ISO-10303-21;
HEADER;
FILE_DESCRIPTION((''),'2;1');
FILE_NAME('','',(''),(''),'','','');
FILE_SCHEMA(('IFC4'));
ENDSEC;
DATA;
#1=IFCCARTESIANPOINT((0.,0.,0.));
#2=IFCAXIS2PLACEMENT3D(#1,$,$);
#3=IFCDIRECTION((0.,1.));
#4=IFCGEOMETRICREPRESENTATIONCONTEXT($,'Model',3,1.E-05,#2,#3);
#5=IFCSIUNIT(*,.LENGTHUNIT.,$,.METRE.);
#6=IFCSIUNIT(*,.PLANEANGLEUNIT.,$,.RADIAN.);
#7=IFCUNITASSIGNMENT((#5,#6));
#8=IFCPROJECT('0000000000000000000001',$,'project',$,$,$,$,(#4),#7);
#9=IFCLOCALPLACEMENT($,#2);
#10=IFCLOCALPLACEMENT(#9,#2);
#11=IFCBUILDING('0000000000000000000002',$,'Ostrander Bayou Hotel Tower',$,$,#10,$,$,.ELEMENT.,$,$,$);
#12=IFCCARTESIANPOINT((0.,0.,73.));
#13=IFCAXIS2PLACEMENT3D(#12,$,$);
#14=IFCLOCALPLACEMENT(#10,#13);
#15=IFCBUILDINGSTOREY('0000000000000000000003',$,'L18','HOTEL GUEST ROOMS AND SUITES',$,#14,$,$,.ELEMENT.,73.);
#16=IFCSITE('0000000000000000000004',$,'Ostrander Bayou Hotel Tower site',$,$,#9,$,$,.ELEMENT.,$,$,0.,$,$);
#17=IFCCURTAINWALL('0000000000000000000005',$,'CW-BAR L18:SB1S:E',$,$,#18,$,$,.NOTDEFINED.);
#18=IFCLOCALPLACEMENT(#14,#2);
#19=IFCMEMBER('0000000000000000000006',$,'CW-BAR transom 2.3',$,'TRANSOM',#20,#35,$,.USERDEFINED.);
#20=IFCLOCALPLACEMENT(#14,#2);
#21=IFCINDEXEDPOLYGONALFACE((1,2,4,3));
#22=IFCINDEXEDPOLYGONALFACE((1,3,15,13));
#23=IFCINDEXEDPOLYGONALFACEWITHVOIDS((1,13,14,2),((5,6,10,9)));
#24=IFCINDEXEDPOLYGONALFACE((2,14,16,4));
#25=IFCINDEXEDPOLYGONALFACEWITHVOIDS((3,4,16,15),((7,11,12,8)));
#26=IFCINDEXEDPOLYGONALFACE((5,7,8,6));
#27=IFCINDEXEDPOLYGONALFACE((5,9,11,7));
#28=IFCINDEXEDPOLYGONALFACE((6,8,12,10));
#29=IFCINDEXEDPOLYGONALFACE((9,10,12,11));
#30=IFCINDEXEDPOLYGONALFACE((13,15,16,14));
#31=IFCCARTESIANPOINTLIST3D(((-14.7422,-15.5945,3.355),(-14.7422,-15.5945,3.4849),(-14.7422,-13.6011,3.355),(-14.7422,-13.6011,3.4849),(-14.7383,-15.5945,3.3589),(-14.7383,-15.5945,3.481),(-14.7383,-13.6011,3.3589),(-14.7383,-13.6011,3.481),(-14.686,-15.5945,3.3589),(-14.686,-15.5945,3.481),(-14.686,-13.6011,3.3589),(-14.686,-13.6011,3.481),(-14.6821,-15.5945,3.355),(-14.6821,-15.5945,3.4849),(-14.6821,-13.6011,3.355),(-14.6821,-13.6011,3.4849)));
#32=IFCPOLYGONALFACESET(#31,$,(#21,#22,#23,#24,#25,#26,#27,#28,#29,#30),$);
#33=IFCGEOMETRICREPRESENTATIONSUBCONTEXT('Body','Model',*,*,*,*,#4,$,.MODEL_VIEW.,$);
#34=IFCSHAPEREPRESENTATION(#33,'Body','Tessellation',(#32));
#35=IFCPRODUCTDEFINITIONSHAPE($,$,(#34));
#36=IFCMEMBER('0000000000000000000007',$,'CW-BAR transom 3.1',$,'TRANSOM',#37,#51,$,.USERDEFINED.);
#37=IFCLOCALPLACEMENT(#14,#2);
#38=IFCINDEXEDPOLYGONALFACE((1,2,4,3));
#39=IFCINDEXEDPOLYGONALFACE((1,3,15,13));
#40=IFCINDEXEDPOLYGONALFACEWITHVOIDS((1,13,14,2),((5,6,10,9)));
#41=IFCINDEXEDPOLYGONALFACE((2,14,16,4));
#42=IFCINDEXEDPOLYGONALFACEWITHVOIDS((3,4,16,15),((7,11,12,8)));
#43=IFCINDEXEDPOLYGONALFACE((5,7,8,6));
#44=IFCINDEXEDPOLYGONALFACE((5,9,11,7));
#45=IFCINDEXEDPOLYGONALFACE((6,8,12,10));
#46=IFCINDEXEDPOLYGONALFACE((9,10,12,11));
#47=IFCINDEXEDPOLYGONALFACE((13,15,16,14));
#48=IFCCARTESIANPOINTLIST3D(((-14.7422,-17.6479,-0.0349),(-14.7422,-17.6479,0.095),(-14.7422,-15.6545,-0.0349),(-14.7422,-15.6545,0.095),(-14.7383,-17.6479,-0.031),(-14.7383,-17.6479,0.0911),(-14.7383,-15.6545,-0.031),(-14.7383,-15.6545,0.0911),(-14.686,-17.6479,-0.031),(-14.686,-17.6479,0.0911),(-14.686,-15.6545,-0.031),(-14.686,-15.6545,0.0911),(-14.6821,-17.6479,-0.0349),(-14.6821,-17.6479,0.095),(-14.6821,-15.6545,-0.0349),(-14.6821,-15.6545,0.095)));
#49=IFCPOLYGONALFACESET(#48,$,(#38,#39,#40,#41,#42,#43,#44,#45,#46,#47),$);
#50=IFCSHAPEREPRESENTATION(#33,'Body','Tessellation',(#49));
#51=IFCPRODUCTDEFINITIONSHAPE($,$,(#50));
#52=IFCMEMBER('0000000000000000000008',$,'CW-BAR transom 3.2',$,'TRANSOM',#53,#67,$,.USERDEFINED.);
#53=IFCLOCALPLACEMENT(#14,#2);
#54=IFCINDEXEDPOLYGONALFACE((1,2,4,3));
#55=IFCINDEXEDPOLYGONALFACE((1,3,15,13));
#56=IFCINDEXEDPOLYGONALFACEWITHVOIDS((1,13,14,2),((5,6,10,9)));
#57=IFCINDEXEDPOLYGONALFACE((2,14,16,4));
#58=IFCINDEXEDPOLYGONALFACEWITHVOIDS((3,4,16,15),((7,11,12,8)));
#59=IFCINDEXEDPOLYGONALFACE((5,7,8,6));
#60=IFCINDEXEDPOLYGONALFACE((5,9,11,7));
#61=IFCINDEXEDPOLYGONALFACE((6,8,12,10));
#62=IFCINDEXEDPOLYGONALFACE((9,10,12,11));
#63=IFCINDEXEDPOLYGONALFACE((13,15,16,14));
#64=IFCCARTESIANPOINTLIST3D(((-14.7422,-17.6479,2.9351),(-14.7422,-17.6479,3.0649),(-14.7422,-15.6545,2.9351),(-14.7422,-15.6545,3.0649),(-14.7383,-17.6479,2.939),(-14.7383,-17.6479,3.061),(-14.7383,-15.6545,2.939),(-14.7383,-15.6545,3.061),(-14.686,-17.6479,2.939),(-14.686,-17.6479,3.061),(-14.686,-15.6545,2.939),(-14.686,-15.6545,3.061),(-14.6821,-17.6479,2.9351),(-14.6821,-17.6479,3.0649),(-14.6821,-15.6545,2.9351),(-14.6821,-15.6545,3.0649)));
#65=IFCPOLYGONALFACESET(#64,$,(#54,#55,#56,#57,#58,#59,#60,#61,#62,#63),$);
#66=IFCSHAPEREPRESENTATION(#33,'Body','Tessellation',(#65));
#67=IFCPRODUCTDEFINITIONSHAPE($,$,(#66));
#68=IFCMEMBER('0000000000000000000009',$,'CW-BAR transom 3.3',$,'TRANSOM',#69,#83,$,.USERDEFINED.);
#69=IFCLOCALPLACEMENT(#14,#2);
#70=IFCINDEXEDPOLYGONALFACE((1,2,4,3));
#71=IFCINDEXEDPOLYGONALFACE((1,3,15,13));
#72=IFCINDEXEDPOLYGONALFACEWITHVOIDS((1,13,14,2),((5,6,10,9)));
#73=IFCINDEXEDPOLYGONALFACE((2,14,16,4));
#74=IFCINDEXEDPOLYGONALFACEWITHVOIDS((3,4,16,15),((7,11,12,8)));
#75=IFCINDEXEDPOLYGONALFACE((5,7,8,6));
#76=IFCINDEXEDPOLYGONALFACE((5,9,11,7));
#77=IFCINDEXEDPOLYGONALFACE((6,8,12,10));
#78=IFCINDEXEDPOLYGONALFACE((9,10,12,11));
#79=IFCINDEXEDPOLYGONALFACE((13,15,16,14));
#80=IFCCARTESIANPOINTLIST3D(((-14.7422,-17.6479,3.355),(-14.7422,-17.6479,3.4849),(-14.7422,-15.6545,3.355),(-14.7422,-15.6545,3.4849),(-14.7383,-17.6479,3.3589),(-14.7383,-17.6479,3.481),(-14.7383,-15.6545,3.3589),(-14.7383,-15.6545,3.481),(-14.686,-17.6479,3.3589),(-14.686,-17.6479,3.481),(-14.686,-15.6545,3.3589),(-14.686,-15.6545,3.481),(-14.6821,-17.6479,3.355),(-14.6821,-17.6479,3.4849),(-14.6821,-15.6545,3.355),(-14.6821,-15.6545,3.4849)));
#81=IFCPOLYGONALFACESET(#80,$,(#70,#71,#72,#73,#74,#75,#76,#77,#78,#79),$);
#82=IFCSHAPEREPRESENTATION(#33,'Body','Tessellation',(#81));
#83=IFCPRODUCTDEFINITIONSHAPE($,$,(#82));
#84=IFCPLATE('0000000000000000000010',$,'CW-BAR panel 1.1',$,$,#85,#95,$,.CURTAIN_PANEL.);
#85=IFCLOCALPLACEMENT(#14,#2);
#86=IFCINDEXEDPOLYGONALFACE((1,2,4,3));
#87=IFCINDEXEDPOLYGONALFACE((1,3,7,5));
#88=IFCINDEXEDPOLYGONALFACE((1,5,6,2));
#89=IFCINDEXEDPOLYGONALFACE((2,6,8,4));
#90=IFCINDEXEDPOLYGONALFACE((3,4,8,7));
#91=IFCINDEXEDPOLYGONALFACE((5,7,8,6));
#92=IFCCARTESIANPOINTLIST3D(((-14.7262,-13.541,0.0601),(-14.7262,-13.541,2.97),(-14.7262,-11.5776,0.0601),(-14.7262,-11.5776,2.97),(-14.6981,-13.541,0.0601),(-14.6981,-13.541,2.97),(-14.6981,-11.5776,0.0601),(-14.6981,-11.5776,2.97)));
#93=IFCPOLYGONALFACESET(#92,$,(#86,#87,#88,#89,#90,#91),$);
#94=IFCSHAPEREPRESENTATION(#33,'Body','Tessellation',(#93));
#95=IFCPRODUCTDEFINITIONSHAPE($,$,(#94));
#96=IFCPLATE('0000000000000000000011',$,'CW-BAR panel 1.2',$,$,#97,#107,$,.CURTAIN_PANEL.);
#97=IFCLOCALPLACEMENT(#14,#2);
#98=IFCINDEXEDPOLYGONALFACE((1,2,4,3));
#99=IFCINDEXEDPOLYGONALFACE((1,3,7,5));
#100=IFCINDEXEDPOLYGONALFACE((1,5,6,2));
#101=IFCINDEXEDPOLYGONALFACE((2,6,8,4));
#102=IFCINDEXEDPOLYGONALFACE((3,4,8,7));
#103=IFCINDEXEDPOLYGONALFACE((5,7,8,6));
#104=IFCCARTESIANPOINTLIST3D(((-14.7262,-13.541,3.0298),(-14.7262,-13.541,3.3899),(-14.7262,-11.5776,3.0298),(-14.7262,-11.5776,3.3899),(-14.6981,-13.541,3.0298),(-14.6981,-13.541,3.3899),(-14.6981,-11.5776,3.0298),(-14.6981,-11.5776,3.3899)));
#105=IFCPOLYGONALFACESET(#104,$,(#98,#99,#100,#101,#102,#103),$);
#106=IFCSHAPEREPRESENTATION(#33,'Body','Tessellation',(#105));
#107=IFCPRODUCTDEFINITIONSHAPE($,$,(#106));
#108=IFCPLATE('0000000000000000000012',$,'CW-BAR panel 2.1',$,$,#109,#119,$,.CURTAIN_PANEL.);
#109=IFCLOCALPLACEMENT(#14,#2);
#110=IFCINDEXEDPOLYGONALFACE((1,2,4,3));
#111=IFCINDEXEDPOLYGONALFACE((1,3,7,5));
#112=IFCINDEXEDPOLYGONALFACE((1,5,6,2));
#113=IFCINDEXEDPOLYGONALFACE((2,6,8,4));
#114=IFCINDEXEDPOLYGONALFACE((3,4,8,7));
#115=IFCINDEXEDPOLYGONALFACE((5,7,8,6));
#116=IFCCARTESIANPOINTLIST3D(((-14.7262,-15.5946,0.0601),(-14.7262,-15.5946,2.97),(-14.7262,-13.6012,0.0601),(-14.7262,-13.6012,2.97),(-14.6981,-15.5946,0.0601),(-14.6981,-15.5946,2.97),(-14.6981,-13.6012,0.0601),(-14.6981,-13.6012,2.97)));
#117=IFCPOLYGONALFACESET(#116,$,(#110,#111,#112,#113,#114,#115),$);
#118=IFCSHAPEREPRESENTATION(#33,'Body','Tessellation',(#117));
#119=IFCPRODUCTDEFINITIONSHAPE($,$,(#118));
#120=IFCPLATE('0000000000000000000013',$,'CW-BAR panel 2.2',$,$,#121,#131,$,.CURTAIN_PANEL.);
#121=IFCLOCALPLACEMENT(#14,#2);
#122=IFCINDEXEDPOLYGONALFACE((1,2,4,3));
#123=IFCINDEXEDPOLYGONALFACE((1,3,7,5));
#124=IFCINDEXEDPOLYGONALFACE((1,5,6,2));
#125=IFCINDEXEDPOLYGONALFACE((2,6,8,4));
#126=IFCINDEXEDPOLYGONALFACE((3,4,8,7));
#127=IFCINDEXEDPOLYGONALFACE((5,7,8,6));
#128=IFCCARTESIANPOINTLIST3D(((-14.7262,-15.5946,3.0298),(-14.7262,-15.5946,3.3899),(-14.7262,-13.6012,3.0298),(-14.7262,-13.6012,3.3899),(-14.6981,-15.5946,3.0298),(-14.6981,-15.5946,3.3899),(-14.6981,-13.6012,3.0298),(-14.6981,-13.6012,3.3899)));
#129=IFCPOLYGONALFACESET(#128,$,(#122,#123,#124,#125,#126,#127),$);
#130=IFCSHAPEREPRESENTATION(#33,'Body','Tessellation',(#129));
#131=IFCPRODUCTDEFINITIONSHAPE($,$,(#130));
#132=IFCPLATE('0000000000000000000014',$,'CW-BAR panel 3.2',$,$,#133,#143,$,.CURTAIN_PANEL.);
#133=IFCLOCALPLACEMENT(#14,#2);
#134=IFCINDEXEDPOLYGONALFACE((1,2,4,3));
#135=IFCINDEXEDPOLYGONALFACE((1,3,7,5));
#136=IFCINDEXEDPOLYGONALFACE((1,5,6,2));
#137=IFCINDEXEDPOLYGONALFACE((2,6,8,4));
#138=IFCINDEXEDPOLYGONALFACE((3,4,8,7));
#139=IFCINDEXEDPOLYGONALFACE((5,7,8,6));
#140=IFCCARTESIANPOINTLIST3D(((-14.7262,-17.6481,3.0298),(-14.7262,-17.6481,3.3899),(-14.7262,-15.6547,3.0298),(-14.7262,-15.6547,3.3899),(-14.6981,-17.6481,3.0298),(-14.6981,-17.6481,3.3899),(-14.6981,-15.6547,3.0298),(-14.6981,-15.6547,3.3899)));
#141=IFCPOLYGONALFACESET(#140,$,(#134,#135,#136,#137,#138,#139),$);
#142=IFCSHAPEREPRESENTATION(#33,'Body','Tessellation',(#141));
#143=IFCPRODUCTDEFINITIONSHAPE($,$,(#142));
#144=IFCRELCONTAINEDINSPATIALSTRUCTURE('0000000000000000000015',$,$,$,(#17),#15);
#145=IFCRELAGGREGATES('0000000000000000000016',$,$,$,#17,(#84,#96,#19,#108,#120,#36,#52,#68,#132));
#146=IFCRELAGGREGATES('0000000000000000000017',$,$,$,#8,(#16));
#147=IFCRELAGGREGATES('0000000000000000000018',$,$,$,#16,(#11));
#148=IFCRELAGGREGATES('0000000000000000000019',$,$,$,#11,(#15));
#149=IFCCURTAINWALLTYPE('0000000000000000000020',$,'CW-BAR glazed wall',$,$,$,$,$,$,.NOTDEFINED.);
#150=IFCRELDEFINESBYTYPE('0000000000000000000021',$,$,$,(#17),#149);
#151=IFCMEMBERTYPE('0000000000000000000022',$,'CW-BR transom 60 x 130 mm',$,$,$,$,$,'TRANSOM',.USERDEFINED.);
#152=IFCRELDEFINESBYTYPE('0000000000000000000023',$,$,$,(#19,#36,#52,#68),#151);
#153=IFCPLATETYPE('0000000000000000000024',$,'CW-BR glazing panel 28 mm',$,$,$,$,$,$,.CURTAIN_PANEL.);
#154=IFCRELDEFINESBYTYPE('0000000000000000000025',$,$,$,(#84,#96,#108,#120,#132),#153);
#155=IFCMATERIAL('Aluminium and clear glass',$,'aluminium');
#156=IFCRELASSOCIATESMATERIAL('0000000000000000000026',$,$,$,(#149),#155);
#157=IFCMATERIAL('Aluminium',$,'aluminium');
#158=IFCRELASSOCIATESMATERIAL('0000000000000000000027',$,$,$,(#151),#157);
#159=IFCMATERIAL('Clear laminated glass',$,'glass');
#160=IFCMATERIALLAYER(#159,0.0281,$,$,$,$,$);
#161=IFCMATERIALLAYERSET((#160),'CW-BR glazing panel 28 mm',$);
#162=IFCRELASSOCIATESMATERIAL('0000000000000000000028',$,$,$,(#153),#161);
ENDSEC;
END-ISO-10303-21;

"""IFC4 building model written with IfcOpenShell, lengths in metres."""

from ifc_helpers import new_model, si_unit, direction, frame, origin, origin_2d, place, context, subcontext, project, spatial, rectangle, hollow_rectangle, extrude, material, layer, layer_set, material_profile, profile_set, type_object, element, aggregate, save


model = new_model("IFC4")

# Units and contexts
model_context = context("Model", 3, precision=1e-05, world=origin(), true_north=direction((0.0, 1.0)))
body_context = subcontext(model_context, "Body", "Model", "MODEL_VIEW")
ifc_project = project(units=[si_unit("LENGTHUNIT", "METRE"), si_unit("PLANEANGLEUNIT", "RADIAN")], contexts=[model_context])

# Site, building, storey
site_placement = place(None, origin())
site = spatial("IfcSite", under=ifc_project, at=site_placement, Name="Ostrander Bayou Hotel Tower site", CompositionType="ELEMENT", RefElevation=0.0)
building_placement = place(site_placement, origin())
building = spatial("IfcBuilding", under=site, at=building_placement, Name="Ostrander Bayou Hotel Tower", CompositionType="ELEMENT")
storey_placement = place(building_placement, frame((0.0, 0.0, 73.0)))
storey = spatial("IfcBuildingStorey", under=building, at=storey_placement, Name="L18", Description="HOTEL GUEST ROOMS AND SUITES", CompositionType="ELEMENT", Elevation=73.0)

# Curtain wall, members, plates
ifc_material_1 = material(Name="Aluminium and clear glass", Category="aluminium")
curtain_wall_type = type_object("IfcCurtainWallType", Name="CW-BAR glazed wall", PredefinedType="NOTDEFINED", material=ifc_material_1)
curtain_wall_placement = place(storey_placement, origin())
curtain_wall = element("IfcCurtainWall", 1, at=curtain_wall_placement, inside=storey, type_object=curtain_wall_type, Name="CW-BAR L18:SB1S:E", PredefinedType="NOTDEFINED")
ifc_material_2 = material(Name="Aluminium", Category="aluminium")
ifc_material_profile_1 = material_profile(ifc_material_2, hollow_rectangle(XDim=0.0601, YDim=0.1299, WallThickness=0.0039, at=origin_2d()))
ifc_profile_set_1 = profile_set([ifc_material_profile_1], Name="Aluminium")
member_type_1 = type_object("IfcMemberType", Name="CW-BR transom 60 x 130 mm", ElementType="TRANSOM", PredefinedType="USERDEFINED", material=ifc_profile_set_1)
member_1_placement = place(storey_placement, frame((-14.7122, -13.6011, 3.4199), z_axis=(0.0, -1.0, 0.0), x_axis=(1.0, 0.0, 0.0)))
member_1 = element("IfcMember", 2, at=member_1_placement, type_object=member_type_1, Name="CW-BAR transom 2.3", ObjectType="TRANSOM", PredefinedType="USERDEFINED", context=body_context, shape_type="SweptSolid", body=[
    extrude(hollow_rectangle(XDim=0.0601, YDim=0.1299, WallThickness=0.0039, at=origin_2d()), origin(), (0.0, 0.0, 1.0), 1.9934),
])
member_2_placement = place(storey_placement, frame((-14.7122, -15.6545, 0.03), z_axis=(0.0, -1.0, 0.0), x_axis=(1.0, 0.0, 0.0)))
member_2 = element("IfcMember", 3, at=member_2_placement, type_object=member_type_1, Name="CW-BAR transom 3.1", ObjectType="TRANSOM", PredefinedType="USERDEFINED", context=body_context, shape_type="SweptSolid", body=[
    extrude(hollow_rectangle(XDim=0.0601, YDim=0.1299, WallThickness=0.0039, at=origin_2d()), origin(), (0.0, 0.0, 1.0), 1.9934),
])
member_3_placement = place(storey_placement, frame((-14.7122, -15.6545, 3.0), z_axis=(0.0, -1.0, 0.0), x_axis=(1.0, 0.0, 0.0)))
member_3 = element("IfcMember", 4, at=member_3_placement, type_object=member_type_1, Name="CW-BAR transom 3.2", ObjectType="TRANSOM", PredefinedType="USERDEFINED", context=body_context, shape_type="SweptSolid", body=[
    extrude(hollow_rectangle(XDim=0.0601, YDim=0.1299, WallThickness=0.0039, at=origin_2d()), origin(), (0.0, 0.0, 1.0), 1.9934),
])
member_4_placement = place(storey_placement, frame((-14.7122, -15.6545, 3.4199), z_axis=(0.0, -1.0, 0.0), x_axis=(1.0, 0.0, 0.0)))
member_4 = element("IfcMember", 5, at=member_4_placement, type_object=member_type_1, Name="CW-BAR transom 3.3", ObjectType="TRANSOM", PredefinedType="USERDEFINED", context=body_context, shape_type="SweptSolid", body=[
    extrude(hollow_rectangle(XDim=0.0601, YDim=0.1299, WallThickness=0.0039, at=origin_2d()), origin(), (0.0, 0.0, 1.0), 1.9934),
])
ifc_material_3 = material(Name="Clear laminated glass", Category="glass")
ifc_layer_1 = layer(ifc_material_3, 0.0281)
ifc_layer_set_1 = layer_set([ifc_layer_1], Name="CW-BR glazing panel 28 mm")
plate_type = type_object("IfcPlateType", Name="CW-BR glazing panel 28 mm", PredefinedType="CURTAIN_PANEL", material=ifc_layer_set_1)
plate_1_placement = place(storey_placement, frame((-14.7122, -12.5593, 0.0601), z_axis=(0.0, 0.0, 1.0), x_axis=(0.0, -1.0, 0.0)))
plate_1 = element("IfcPlate", 6, at=plate_1_placement, type_object=plate_type, Name="CW-BAR panel 1.1", PredefinedType="CURTAIN_PANEL", context=body_context, shape_type="SweptSolid", body=[
    extrude(rectangle(XDim=1.9634, YDim=0.0281, at=origin_2d()), origin(), (0.0, 0.0, 1.0), 2.9099),
])
plate_2_placement = place(storey_placement, frame((-14.7122, -12.5593, 3.0298), z_axis=(0.0, 0.0, 1.0), x_axis=(0.0, -1.0, 0.0)))
plate_2 = element("IfcPlate", 7, at=plate_2_placement, type_object=plate_type, Name="CW-BAR panel 1.2", PredefinedType="CURTAIN_PANEL", context=body_context, shape_type="SweptSolid", body=[
    extrude(rectangle(XDim=1.9634, YDim=0.0281, at=origin_2d()), origin(), (0.0, 0.0, 1.0), 0.3601),
])
plate_3_placement = place(storey_placement, frame((-14.7122, -14.5979, 0.0601), z_axis=(0.0, 0.0, 1.0), x_axis=(0.0, -1.0, 0.0)))
plate_3 = element("IfcPlate", 8, at=plate_3_placement, type_object=plate_type, Name="CW-BAR panel 2.1", PredefinedType="CURTAIN_PANEL", context=body_context, shape_type="SweptSolid", body=[
    extrude(rectangle(XDim=1.9934, YDim=0.0281, at=origin_2d()), origin(), (0.0, 0.0, 1.0), 2.9099),
])
plate_4_placement = place(storey_placement, frame((-14.7122, -14.5979, 3.0298), z_axis=(0.0, 0.0, 1.0), x_axis=(0.0, -1.0, 0.0)))
plate_4 = element("IfcPlate", 9, at=plate_4_placement, type_object=plate_type, Name="CW-BAR panel 2.2", PredefinedType="CURTAIN_PANEL", context=body_context, shape_type="SweptSolid", body=[
    extrude(rectangle(XDim=1.9934, YDim=0.0281, at=origin_2d()), origin(), (0.0, 0.0, 1.0), 0.3601),
])
plate_5_placement = place(storey_placement, frame((-14.7122, -16.6514, 3.0298), z_axis=(0.0, 0.0, 1.0), x_axis=(0.0, -1.0, 0.0)))
plate_5 = element("IfcPlate", 10, at=plate_5_placement, type_object=plate_type, Name="CW-BAR panel 3.2", PredefinedType="CURTAIN_PANEL", context=body_context, shape_type="SweptSolid", body=[
    extrude(rectangle(XDim=1.9934, YDim=0.0281, at=origin_2d()), origin(), (0.0, 0.0, 1.0), 0.3601),
])
aggregate(curtain_wall, [plate_1, plate_2, member_1, plate_3, plate_4, member_2, member_3, member_4, plate_5])

save(model, "model.ifc")
